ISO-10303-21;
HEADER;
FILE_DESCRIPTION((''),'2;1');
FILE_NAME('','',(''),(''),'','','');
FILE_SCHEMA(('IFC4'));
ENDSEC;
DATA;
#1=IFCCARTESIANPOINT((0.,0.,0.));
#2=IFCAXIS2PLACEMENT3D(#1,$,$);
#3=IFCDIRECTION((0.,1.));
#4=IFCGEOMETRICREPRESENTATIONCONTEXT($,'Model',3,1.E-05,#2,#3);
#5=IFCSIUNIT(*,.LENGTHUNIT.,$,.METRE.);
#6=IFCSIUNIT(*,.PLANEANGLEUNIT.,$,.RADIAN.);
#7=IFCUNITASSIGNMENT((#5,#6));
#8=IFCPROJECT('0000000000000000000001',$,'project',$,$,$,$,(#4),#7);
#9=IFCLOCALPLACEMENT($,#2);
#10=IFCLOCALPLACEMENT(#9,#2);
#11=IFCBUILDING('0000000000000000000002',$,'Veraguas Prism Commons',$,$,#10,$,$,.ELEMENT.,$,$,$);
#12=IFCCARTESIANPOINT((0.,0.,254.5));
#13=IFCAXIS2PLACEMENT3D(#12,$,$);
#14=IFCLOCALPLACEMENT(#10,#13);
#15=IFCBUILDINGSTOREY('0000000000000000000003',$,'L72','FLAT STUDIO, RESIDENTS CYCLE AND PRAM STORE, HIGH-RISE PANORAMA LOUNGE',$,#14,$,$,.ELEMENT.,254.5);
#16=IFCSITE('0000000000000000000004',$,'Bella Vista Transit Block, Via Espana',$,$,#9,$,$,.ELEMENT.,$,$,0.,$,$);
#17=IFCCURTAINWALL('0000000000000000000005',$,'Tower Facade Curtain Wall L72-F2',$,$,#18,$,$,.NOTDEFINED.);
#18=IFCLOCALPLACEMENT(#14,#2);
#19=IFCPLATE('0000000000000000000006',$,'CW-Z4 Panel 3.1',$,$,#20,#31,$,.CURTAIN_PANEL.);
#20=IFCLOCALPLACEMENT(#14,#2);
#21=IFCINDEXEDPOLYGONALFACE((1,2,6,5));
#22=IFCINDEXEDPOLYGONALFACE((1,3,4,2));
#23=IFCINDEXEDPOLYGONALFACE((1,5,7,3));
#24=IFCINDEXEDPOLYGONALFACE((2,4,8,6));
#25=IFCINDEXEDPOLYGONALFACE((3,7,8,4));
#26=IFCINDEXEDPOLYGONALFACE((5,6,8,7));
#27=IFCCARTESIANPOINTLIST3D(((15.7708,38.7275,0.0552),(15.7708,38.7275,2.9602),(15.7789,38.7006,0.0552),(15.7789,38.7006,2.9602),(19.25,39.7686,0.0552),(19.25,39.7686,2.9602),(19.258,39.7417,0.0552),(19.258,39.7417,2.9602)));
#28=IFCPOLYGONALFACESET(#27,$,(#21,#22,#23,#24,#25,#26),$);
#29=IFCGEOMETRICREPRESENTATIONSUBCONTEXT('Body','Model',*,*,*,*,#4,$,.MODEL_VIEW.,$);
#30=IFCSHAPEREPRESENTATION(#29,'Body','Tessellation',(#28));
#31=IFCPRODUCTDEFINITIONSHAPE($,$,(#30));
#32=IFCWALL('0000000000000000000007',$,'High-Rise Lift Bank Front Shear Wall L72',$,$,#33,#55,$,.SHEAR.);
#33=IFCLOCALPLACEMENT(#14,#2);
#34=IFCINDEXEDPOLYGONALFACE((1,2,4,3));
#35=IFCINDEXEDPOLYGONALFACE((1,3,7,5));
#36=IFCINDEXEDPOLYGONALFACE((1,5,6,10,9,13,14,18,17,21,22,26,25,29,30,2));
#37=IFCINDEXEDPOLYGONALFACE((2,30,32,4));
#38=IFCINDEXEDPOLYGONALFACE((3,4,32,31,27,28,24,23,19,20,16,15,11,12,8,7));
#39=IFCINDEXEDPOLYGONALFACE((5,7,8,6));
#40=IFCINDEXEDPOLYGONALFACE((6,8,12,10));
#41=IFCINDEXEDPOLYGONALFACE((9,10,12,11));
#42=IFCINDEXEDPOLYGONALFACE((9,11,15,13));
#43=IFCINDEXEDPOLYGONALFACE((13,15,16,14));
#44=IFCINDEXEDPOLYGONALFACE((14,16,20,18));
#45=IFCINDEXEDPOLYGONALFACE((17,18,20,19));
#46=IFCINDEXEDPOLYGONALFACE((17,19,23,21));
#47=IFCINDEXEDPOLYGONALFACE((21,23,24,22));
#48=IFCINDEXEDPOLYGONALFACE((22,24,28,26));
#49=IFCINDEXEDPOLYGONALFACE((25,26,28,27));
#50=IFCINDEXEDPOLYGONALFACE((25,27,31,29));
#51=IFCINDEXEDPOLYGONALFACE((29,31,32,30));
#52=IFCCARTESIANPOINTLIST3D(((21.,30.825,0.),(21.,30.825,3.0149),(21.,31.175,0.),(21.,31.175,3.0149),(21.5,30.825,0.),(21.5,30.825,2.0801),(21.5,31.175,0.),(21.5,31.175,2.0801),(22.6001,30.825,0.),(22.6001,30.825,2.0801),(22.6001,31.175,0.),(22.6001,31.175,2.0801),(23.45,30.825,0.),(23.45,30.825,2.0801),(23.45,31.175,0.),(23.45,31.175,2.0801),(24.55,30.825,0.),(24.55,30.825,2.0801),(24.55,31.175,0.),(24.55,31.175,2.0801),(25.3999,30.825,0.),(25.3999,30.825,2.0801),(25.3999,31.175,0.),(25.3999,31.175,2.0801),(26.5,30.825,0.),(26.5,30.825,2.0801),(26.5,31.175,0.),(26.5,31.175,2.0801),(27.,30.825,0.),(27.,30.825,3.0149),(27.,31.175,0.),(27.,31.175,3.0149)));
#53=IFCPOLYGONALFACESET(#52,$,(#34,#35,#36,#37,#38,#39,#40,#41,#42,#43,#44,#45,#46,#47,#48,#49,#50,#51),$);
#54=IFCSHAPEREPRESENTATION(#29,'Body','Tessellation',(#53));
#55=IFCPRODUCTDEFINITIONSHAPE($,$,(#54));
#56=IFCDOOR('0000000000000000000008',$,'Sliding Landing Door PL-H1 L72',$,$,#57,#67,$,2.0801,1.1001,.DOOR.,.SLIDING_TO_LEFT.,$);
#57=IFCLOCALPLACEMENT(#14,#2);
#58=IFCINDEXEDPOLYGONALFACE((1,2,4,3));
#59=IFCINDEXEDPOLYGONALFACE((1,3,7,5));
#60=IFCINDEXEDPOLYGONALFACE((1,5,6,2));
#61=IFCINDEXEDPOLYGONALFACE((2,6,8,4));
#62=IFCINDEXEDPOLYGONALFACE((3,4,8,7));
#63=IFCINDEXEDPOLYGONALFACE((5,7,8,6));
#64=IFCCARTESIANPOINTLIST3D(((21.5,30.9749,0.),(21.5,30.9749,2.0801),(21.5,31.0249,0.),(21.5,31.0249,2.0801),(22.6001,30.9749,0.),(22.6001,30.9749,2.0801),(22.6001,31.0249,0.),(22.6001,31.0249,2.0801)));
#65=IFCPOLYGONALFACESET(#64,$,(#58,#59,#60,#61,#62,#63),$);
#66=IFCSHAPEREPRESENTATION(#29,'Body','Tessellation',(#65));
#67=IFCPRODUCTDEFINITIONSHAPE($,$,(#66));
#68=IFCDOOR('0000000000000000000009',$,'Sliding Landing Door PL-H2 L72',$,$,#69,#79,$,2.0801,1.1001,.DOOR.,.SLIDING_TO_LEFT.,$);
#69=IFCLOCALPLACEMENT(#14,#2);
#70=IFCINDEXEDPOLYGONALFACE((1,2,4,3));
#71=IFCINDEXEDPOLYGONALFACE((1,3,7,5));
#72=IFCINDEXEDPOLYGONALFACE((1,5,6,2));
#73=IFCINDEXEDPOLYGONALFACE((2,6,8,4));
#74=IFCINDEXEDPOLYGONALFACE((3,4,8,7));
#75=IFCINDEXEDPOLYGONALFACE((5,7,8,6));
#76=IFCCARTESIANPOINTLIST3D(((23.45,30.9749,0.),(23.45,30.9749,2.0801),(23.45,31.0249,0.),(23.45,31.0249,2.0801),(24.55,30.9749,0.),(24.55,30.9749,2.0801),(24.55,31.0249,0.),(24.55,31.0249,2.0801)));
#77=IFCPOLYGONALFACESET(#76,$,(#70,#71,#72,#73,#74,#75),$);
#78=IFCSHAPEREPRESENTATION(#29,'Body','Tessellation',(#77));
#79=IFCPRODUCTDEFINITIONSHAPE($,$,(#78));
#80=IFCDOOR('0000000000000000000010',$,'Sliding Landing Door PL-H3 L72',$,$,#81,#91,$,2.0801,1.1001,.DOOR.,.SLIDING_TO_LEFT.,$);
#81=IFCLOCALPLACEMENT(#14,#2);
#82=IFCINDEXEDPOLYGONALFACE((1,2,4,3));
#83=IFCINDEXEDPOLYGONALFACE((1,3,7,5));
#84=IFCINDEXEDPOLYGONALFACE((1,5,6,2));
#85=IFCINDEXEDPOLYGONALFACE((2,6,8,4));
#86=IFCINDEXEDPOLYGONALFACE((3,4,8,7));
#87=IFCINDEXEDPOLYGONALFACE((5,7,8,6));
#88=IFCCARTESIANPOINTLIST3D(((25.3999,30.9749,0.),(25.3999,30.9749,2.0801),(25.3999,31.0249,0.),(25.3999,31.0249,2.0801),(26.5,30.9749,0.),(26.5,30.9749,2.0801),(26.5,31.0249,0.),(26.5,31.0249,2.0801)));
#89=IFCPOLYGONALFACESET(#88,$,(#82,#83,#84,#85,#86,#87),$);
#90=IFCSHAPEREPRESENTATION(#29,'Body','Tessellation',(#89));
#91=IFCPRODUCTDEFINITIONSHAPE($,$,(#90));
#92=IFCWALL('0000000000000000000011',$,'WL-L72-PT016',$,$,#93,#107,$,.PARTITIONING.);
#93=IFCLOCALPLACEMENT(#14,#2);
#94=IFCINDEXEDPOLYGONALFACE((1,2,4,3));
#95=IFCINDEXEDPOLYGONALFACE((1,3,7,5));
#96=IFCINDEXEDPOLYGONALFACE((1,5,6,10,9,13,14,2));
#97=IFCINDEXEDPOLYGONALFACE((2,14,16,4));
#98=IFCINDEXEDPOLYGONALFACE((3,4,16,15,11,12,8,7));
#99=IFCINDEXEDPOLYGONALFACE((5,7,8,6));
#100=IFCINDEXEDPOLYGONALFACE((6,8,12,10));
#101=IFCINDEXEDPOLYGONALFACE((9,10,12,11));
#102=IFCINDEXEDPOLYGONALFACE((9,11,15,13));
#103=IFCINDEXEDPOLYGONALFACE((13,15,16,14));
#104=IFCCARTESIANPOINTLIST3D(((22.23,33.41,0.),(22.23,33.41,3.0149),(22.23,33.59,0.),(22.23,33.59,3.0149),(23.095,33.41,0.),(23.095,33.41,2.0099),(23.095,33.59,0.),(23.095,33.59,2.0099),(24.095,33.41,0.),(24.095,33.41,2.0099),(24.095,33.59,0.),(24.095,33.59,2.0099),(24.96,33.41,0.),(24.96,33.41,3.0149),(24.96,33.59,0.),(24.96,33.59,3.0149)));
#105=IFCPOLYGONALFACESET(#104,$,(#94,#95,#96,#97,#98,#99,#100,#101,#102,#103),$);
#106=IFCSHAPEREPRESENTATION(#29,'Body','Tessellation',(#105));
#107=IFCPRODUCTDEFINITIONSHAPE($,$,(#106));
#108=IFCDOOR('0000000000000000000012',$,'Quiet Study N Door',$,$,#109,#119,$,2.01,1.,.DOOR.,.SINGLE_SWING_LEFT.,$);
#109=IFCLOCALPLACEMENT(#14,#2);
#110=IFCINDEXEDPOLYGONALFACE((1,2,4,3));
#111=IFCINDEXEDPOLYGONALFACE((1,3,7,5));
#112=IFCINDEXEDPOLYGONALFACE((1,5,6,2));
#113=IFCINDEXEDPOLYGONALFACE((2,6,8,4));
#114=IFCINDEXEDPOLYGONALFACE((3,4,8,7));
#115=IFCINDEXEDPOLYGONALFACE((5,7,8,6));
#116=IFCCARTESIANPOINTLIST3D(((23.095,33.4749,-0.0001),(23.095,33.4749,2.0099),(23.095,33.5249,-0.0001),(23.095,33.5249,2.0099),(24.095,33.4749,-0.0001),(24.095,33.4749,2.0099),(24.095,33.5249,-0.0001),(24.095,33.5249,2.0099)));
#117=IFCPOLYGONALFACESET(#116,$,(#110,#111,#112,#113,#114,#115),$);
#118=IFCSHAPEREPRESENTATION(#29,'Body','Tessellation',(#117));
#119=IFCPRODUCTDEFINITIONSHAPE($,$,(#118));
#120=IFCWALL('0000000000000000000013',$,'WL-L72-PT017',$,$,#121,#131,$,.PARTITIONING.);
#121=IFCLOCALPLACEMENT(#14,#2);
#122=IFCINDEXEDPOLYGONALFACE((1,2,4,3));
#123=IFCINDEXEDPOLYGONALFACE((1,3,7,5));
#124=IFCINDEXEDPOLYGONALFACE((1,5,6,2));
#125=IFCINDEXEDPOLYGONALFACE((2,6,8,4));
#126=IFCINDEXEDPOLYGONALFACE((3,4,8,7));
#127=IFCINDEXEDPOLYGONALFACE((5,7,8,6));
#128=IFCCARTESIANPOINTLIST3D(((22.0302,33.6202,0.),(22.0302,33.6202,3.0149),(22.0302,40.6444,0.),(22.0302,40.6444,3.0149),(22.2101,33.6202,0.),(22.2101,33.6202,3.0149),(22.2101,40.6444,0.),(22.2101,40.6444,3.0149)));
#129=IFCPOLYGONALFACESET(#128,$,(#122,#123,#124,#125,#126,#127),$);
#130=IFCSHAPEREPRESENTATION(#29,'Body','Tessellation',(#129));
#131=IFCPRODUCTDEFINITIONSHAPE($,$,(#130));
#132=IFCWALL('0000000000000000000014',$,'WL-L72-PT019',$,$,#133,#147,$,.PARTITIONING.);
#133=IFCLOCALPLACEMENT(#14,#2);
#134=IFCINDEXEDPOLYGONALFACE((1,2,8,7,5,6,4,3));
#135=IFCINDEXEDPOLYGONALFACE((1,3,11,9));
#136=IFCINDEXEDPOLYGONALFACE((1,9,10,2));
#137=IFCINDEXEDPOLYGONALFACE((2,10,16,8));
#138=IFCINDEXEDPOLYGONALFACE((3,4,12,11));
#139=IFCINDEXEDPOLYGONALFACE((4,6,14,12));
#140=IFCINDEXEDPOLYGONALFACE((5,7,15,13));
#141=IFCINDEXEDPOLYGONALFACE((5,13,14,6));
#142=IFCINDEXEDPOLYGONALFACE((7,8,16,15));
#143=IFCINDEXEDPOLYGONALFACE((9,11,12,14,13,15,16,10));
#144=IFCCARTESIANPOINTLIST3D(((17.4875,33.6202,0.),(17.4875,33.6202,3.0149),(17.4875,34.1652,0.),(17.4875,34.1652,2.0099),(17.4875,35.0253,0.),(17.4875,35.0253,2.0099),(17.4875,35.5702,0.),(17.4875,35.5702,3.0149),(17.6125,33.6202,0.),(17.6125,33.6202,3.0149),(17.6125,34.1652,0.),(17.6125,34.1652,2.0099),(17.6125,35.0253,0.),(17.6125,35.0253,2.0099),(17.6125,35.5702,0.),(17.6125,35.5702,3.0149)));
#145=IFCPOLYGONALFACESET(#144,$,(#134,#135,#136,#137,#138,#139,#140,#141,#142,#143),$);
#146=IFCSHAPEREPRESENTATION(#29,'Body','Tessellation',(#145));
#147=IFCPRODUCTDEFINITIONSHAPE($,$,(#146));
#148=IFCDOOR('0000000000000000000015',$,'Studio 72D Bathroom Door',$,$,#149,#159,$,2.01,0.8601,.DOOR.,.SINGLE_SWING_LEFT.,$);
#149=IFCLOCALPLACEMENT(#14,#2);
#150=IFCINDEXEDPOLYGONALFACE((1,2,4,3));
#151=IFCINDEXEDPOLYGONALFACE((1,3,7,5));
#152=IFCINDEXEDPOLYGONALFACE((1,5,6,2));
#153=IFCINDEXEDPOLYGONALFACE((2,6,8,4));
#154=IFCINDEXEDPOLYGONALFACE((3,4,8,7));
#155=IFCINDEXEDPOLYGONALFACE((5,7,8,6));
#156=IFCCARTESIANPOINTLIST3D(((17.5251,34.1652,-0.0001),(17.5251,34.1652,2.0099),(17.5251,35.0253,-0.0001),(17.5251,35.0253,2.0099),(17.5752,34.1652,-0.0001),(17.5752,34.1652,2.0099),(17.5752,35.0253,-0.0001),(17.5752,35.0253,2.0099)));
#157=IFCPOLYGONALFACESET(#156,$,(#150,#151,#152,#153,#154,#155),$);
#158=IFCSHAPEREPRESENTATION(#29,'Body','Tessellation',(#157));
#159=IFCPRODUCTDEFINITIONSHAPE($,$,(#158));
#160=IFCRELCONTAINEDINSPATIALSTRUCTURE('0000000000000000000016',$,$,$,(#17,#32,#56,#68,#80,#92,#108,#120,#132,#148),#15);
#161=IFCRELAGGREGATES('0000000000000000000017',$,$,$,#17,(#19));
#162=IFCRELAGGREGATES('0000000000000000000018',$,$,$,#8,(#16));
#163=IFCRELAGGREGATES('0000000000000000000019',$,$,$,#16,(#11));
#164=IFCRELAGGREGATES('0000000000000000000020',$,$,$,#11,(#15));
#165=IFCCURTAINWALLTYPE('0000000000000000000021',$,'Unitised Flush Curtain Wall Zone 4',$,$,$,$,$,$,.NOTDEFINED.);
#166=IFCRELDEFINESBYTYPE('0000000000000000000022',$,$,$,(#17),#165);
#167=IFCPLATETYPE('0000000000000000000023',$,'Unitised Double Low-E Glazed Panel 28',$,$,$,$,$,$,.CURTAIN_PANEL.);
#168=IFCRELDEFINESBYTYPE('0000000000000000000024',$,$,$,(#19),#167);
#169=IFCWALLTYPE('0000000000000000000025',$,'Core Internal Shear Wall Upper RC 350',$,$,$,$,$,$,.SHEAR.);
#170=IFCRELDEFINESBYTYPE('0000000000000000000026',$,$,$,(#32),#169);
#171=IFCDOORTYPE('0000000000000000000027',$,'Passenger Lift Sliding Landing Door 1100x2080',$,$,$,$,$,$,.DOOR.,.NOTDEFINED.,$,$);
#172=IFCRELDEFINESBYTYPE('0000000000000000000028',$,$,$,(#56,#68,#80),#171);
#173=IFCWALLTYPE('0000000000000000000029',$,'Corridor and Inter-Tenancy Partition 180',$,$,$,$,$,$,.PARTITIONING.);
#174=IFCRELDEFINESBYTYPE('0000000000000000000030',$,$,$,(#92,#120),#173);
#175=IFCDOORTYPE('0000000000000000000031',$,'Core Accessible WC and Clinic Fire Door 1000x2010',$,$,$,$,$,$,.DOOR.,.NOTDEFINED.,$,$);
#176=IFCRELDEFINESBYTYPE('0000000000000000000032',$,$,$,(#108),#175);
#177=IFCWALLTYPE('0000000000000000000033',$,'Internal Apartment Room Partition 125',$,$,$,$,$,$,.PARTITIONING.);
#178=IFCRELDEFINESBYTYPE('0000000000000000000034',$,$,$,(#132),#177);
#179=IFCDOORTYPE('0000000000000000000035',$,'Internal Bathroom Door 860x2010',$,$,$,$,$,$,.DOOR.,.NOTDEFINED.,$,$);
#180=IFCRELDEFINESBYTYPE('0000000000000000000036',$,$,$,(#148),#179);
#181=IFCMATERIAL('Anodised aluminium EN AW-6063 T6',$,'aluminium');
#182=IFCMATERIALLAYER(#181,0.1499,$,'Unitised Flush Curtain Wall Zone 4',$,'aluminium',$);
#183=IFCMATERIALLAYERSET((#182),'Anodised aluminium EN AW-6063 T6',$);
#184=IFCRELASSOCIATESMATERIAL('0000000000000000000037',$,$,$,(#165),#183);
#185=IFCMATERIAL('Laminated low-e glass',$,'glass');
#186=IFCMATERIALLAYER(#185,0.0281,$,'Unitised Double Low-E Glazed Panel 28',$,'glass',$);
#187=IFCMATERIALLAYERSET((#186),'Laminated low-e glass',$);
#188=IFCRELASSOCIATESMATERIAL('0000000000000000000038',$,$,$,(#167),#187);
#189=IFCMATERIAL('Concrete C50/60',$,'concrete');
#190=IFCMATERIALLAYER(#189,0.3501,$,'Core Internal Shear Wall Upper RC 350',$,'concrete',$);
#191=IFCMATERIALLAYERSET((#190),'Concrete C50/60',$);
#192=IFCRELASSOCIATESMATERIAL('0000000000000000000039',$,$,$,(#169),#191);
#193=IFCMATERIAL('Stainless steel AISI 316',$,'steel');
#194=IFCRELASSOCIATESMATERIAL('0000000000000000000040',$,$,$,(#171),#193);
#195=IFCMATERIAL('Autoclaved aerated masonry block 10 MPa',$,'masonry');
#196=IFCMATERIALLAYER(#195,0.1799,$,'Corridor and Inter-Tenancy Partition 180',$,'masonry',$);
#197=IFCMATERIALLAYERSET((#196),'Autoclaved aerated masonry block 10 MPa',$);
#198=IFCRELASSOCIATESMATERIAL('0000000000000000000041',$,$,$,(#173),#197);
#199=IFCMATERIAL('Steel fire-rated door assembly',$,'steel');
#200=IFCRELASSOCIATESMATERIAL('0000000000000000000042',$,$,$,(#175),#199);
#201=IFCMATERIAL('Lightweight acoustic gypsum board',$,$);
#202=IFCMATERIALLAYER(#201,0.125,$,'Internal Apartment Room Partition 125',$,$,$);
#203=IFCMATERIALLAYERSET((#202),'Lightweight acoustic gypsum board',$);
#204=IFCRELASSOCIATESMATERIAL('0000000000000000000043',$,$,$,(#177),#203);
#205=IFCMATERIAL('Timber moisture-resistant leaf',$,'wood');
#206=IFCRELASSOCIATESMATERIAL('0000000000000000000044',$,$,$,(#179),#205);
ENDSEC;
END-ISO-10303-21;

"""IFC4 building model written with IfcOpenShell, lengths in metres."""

from ifc_helpers import new_model, si_unit, direction, frame, frame_2d, origin, origin_2d, place, context, subcontext, project, spatial, rectangle, extrude, source, transform, mapped, material, layer, layer_set, type_object, element, fill, aggregate, save


model = new_model("IFC4")

# Units and contexts
model_context = context("Model", 3, precision=1e-05, world=origin(), true_north=direction((0.0, 1.0)))
body_context = subcontext(model_context, "Body", "Model", "MODEL_VIEW")
ifc_project = project(units=[si_unit("LENGTHUNIT", "METRE"), si_unit("PLANEANGLEUNIT", "RADIAN")], contexts=[model_context])

# Site, building, storey
site_placement = place(None, origin())
site = spatial("IfcSite", under=ifc_project, at=site_placement, Name="Bella Vista Transit Block, Via Espana", CompositionType="ELEMENT", RefElevation=0.0)
building_placement = place(site_placement, origin())
building = spatial("IfcBuilding", under=site, at=building_placement, Name="Veraguas Prism Commons", CompositionType="ELEMENT")
storey_placement = place(building_placement, frame((0.0, 0.0, 254.5)))
storey = spatial("IfcBuildingStorey", under=building, at=storey_placement, Name="L72", Description="FLAT STUDIO, RESIDENTS CYCLE AND PRAM STORE, HIGH-RISE PANORAMA LOUNGE", CompositionType="ELEMENT", Elevation=254.5)

# Shared definitions
ifc_material_1 = material(Name="Concrete C50/60", Category="concrete")

# Curtain wall, plate
ifc_material_2 = material(Name="Anodised aluminium EN AW-6063 T6", Category="aluminium")
ifc_layer_1 = layer(ifc_material_2, 0.1499, Name="Unitised Flush Curtain Wall Zone 4", Category="aluminium")
ifc_layer_set_1 = layer_set([ifc_layer_1], Name="Anodised aluminium EN AW-6063 T6")
curtain_wall_type = type_object("IfcCurtainWallType", Name="Unitised Flush Curtain Wall Zone 4", PredefinedType="NOTDEFINED", material=ifc_layer_set_1)
curtain_wall_placement = place(storey_placement, origin())
curtain_wall = element("IfcCurtainWall", 1, at=curtain_wall_placement, inside=storey, type_object=curtain_wall_type, Name="Tower Facade Curtain Wall L72-F2", PredefinedType="NOTDEFINED")
ifc_material_3 = material(Name="Laminated low-e glass", Category="glass")
ifc_layer_2 = layer(ifc_material_3, 0.0281, Name="Unitised Double Low-E Glazed Panel 28", Category="glass")
ifc_layer_set_2 = layer_set([ifc_layer_2], Name="Laminated low-e glass")
plate_type = type_object("IfcPlateType", Name="Unitised Double Low-E Glazed Panel 28", PredefinedType="CURTAIN_PANEL", material=ifc_layer_set_2)
shared_shape_1 = source(origin(), body_context, "Body", "SweptSolid", [
    extrude(rectangle(XDim=3.6316, YDim=0.0281, at=origin_2d()), origin(), (0.0, 0.0, 1.0), 2.905),
])
plate_1_placement = place(storey_placement, frame((17.5144, 39.2346, 0.0552), z_axis=(0.0, 0.0, 1.0), x_axis=(-0.958023, -0.286692, 0.0)))
plate_1 = element("IfcPlate", 2, at=plate_1_placement, type_object=plate_type, Name="CW-Z4 Panel 3.1", PredefinedType="CURTAIN_PANEL", context=body_context, shape_type="MappedRepresentation", body=[
    mapped(shared_shape_1, transform((0.0, 0.0, 0.0), scale=1.0)),
])
aggregate(curtain_wall, [plate_1])

# Wall, openings, doors
ifc_layer_3 = layer(ifc_material_1, 0.3501, Name="Core Internal Shear Wall Upper RC 350", Category="concrete")
ifc_layer_set_3 = layer_set([ifc_layer_3], Name="Concrete C50/60")
wall_type_1 = type_object("IfcWallType", Name="Core Internal Shear Wall Upper RC 350", PredefinedType="SHEAR", material=ifc_layer_set_3)
wall_1_placement = place(storey_placement, frame((21.0, 31.0, 0.0), z_axis=(0.0, 0.0, 1.0), x_axis=(1.0, 0.0, 0.0)))
wall_1 = element("IfcWall", 3, at=wall_1_placement, inside=storey, type_object=wall_type_1, Name="High-Rise Lift Bank Front Shear Wall L72", PredefinedType="SHEAR", context=body_context, shape_type="SweptSolid", body=[
    extrude(rectangle(XDim=6.0, YDim=0.3501, at=frame_2d((3.0, 0.0))), origin(), (0.0, 0.0, 1.0), 3.0149),
])
opening_1_placement = place(wall_1_placement, frame((0.5, 0.0, 0.0)))
opening_1 = element("IfcOpeningElement", 4, at=opening_1_placement, cuts=wall_1, PredefinedType="OPENING", context=body_context, shape_type="SweptSolid", body=[
    extrude(rectangle(XDim=1.1001, YDim=2.0801, at=frame_2d((0.55, 1.04))), frame((0.0, 0.1851, 0.0), z_axis=(0.0, -1.0, 0.0), x_axis=(1.0, 0.0, 0.0)), (0.0, 0.0, 1.0), 0.3701),
])
opening_2_placement = place(wall_1_placement, frame((2.45, 0.0, 0.0)))
opening_2 = element("IfcOpeningElement", 5, at=opening_2_placement, cuts=wall_1, PredefinedType="OPENING", context=body_context, shape_type="SweptSolid", body=[
    extrude(rectangle(XDim=1.1001, YDim=2.0801, at=frame_2d((0.55, 1.04))), frame((0.0, 0.1851, 0.0), z_axis=(0.0, -1.0, 0.0), x_axis=(1.0, 0.0, 0.0)), (0.0, 0.0, 1.0), 0.3701),
])
opening_3_placement = place(wall_1_placement, frame((4.3999, 0.0, 0.0)))
opening_3 = element("IfcOpeningElement", 6, at=opening_3_placement, cuts=wall_1, PredefinedType="OPENING", context=body_context, shape_type="SweptSolid", body=[
    extrude(rectangle(XDim=1.1001, YDim=2.0801, at=frame_2d((0.55, 1.04))), frame((0.0, 0.1851, 0.0), z_axis=(0.0, -1.0, 0.0), x_axis=(1.0, 0.0, 0.0)), (0.0, 0.0, 1.0), 0.3701),
])
ifc_material_4 = material(Name="Stainless steel AISI 316", Category="steel")
door_type_1 = type_object("IfcDoorType", Name="Passenger Lift Sliding Landing Door 1100x2080", OperationType="NOTDEFINED", PredefinedType="DOOR", material=ifc_material_4)
shared_shape_2 = source(origin(), body_context, "Body", "SweptSolid", [
    extrude(rectangle(XDim=1.1001, YDim=2.0801, at=frame_2d((0.55, 1.04))), frame((0.0, 0.0249, 0.0), z_axis=(0.0, -1.0, 0.0), x_axis=(1.0, 0.0, 0.0)), (0.0, 0.0, 1.0), 0.05),
])
door_1_placement = place(opening_1_placement, origin())
door_1 = element("IfcDoor", 7, at=door_1_placement, inside=storey, type_object=door_type_1, Name="Sliding Landing Door PL-H1 L72", OperationType="SLIDING_TO_LEFT", OverallHeight=2.0801, OverallWidth=1.1001, PredefinedType="DOOR", context=body_context, shape_type="MappedRepresentation", body=[
    mapped(shared_shape_2, transform((0.0, 0.0, 0.0), scale=1.0)),
])
fill(opening_1, door_1)
door_2_placement = place(opening_2_placement, origin())
door_2 = element("IfcDoor", 8, at=door_2_placement, inside=storey, type_object=door_type_1, Name="Sliding Landing Door PL-H2 L72", OperationType="SLIDING_TO_LEFT", OverallHeight=2.0801, OverallWidth=1.1001, PredefinedType="DOOR", context=body_context, shape_type="MappedRepresentation", body=[
    mapped(shared_shape_2, transform((0.0, 0.0, 0.0), scale=1.0)),
])
fill(opening_2, door_2)
door_3_placement = place(opening_3_placement, origin())
door_3 = element("IfcDoor", 9, at=door_3_placement, inside=storey, type_object=door_type_1, Name="Sliding Landing Door PL-H3 L72", OperationType="SLIDING_TO_LEFT", OverallHeight=2.0801, OverallWidth=1.1001, PredefinedType="DOOR", context=body_context, shape_type="MappedRepresentation", body=[
    mapped(shared_shape_2, transform((0.0, 0.0, 0.0), scale=1.0)),
])
fill(opening_3, door_3)

# Wall, opening, door
ifc_material_5 = material(Name="Autoclaved aerated masonry block 10 MPa", Category="masonry")
ifc_layer_4 = layer(ifc_material_5, 0.1799, Name="Corridor and Inter-Tenancy Partition 180", Category="masonry")
ifc_layer_set_4 = layer_set([ifc_layer_4], Name="Autoclaved aerated masonry block 10 MPa")
wall_type_2 = type_object("IfcWallType", Name="Corridor and Inter-Tenancy Partition 180", PredefinedType="PARTITIONING", material=ifc_layer_set_4)
wall_2_placement = place(storey_placement, frame((22.23, 33.5, 0.0), z_axis=(0.0, 0.0, 1.0), x_axis=(1.0, 0.0, 0.0)))
wall_2 = element("IfcWall", 10, at=wall_2_placement, inside=storey, type_object=wall_type_2, Name="WL-L72-PT016", PredefinedType="PARTITIONING", context=body_context, shape_type="SweptSolid", body=[
    extrude(rectangle(XDim=2.73, YDim=0.1799, at=frame_2d((1.365, 0.0))), origin(), (0.0, 0.0, 1.0), 3.0149),
])
opening_4_placement = place(wall_2_placement, frame((0.865, 0.0, 0.0)))
opening_4 = element("IfcOpeningElement", 11, at=opening_4_placement, cuts=wall_2, PredefinedType="OPENING", context=body_context, shape_type="SweptSolid", body=[
    extrude(rectangle(XDim=1.0, YDim=2.01, at=frame_2d((0.5, 1.0049))), frame((0.0, 0.0999, 0.0), z_axis=(0.0, -1.0, 0.0), x_axis=(1.0, 0.0, 0.0)), (0.0, 0.0, 1.0), 0.2),
])
ifc_material_6 = material(Name="Steel fire-rated door assembly", Category="steel")
door_type_2 = type_object("IfcDoorType", Name="Core Accessible WC and Clinic Fire Door 1000x2010", OperationType="NOTDEFINED", PredefinedType="DOOR", material=ifc_material_6)
shared_shape_3 = source(origin(), body_context, "Body", "SweptSolid", [
    extrude(rectangle(XDim=1.0, YDim=2.01, at=frame_2d((0.5, 1.0049))), frame((0.0, 0.0249, 0.0), z_axis=(0.0, -1.0, 0.0), x_axis=(1.0, 0.0, 0.0)), (0.0, 0.0, 1.0), 0.05),
])
door_4_placement = place(opening_4_placement, origin())
door_4 = element("IfcDoor", 12, at=door_4_placement, inside=storey, type_object=door_type_2, Name="Quiet Study N Door", OperationType="SINGLE_SWING_LEFT", OverallHeight=2.01, OverallWidth=1.0, PredefinedType="DOOR", context=body_context, shape_type="MappedRepresentation", body=[
    mapped(shared_shape_3, transform((0.0, 0.0, 0.0), scale=1.0)),
])
fill(opening_4, door_4)

# Wall
wall_3_placement = place(storey_placement, frame((22.1201, 33.6201, 0.0), z_axis=(0.0, 0.0, 1.0), x_axis=(0.0, 1.0, 0.0)))
element("IfcWall", 13, at=wall_3_placement, inside=storey, type_object=wall_type_2, Name="WL-L72-PT017", PredefinedType="PARTITIONING", context=body_context, shape_type="SweptSolid", body=[
    extrude(rectangle(XDim=7.0242, YDim=0.1799, at=frame_2d((3.5122, 0.0))), origin(), (0.0, 0.0, 1.0), 3.0149),
])

# Wall, opening, door
ifc_material_7 = material(Name="Lightweight acoustic gypsum board")
ifc_layer_5 = layer(ifc_material_7, 0.125, Name="Internal Apartment Room Partition 125")
ifc_layer_set_5 = layer_set([ifc_layer_5], Name="Lightweight acoustic gypsum board")
wall_type_3 = type_object("IfcWallType", Name="Internal Apartment Room Partition 125", PredefinedType="PARTITIONING", material=ifc_layer_set_5)
wall_4_placement = place(storey_placement, frame((17.55, 33.6201, 0.0), z_axis=(0.0, 0.0, 1.0), x_axis=(0.0, 1.0, 0.0)))
wall_4 = element("IfcWall", 14, at=wall_4_placement, inside=storey, type_object=wall_type_3, Name="WL-L72-PT019", PredefinedType="PARTITIONING", context=body_context, shape_type="SweptSolid", body=[
    extrude(rectangle(XDim=1.95, YDim=0.125, at=frame_2d((0.9751, 0.0))), origin(), (0.0, 0.0, 1.0), 3.0149),
])
opening_5_placement = place(wall_4_placement, frame((0.5449, 0.0, 0.0)))
opening_5 = element("IfcOpeningElement", 15, at=opening_5_placement, cuts=wall_4, PredefinedType="OPENING", context=body_context, shape_type="SweptSolid", body=[
    extrude(rectangle(XDim=0.8601, YDim=2.01, at=frame_2d((0.4302, 1.0049))), frame((0.0, 0.0725, 0.0), z_axis=(0.0, -1.0, 0.0), x_axis=(1.0, 0.0, 0.0)), (0.0, 0.0, 1.0), 0.145),
])
ifc_material_8 = material(Name="Timber moisture-resistant leaf", Category="wood")
door_type_3 = type_object("IfcDoorType", Name="Internal Bathroom Door 860x2010", OperationType="NOTDEFINED", PredefinedType="DOOR", material=ifc_material_8)
shared_shape_4 = source(origin(), body_context, "Body", "SweptSolid", [
    extrude(rectangle(XDim=0.8601, YDim=2.01, at=frame_2d((0.4302, 1.0049))), frame((0.0, 0.0249, 0.0), z_axis=(0.0, -1.0, 0.0), x_axis=(1.0, 0.0, 0.0)), (0.0, 0.0, 1.0), 0.05),
])
door_5_placement = place(opening_5_placement, origin())
door_5 = element("IfcDoor", 16, at=door_5_placement, inside=storey, type_object=door_type_3, Name="Studio 72D Bathroom Door", OperationType="SINGLE_SWING_LEFT", OverallHeight=2.01, OverallWidth=0.8601, PredefinedType="DOOR", context=body_context, shape_type="MappedRepresentation", body=[
    mapped(shared_shape_4, transform((0.0, 0.0, 0.0), scale=1.0)),
])
fill(opening_5, door_5)

save(model, "model.ifc")
